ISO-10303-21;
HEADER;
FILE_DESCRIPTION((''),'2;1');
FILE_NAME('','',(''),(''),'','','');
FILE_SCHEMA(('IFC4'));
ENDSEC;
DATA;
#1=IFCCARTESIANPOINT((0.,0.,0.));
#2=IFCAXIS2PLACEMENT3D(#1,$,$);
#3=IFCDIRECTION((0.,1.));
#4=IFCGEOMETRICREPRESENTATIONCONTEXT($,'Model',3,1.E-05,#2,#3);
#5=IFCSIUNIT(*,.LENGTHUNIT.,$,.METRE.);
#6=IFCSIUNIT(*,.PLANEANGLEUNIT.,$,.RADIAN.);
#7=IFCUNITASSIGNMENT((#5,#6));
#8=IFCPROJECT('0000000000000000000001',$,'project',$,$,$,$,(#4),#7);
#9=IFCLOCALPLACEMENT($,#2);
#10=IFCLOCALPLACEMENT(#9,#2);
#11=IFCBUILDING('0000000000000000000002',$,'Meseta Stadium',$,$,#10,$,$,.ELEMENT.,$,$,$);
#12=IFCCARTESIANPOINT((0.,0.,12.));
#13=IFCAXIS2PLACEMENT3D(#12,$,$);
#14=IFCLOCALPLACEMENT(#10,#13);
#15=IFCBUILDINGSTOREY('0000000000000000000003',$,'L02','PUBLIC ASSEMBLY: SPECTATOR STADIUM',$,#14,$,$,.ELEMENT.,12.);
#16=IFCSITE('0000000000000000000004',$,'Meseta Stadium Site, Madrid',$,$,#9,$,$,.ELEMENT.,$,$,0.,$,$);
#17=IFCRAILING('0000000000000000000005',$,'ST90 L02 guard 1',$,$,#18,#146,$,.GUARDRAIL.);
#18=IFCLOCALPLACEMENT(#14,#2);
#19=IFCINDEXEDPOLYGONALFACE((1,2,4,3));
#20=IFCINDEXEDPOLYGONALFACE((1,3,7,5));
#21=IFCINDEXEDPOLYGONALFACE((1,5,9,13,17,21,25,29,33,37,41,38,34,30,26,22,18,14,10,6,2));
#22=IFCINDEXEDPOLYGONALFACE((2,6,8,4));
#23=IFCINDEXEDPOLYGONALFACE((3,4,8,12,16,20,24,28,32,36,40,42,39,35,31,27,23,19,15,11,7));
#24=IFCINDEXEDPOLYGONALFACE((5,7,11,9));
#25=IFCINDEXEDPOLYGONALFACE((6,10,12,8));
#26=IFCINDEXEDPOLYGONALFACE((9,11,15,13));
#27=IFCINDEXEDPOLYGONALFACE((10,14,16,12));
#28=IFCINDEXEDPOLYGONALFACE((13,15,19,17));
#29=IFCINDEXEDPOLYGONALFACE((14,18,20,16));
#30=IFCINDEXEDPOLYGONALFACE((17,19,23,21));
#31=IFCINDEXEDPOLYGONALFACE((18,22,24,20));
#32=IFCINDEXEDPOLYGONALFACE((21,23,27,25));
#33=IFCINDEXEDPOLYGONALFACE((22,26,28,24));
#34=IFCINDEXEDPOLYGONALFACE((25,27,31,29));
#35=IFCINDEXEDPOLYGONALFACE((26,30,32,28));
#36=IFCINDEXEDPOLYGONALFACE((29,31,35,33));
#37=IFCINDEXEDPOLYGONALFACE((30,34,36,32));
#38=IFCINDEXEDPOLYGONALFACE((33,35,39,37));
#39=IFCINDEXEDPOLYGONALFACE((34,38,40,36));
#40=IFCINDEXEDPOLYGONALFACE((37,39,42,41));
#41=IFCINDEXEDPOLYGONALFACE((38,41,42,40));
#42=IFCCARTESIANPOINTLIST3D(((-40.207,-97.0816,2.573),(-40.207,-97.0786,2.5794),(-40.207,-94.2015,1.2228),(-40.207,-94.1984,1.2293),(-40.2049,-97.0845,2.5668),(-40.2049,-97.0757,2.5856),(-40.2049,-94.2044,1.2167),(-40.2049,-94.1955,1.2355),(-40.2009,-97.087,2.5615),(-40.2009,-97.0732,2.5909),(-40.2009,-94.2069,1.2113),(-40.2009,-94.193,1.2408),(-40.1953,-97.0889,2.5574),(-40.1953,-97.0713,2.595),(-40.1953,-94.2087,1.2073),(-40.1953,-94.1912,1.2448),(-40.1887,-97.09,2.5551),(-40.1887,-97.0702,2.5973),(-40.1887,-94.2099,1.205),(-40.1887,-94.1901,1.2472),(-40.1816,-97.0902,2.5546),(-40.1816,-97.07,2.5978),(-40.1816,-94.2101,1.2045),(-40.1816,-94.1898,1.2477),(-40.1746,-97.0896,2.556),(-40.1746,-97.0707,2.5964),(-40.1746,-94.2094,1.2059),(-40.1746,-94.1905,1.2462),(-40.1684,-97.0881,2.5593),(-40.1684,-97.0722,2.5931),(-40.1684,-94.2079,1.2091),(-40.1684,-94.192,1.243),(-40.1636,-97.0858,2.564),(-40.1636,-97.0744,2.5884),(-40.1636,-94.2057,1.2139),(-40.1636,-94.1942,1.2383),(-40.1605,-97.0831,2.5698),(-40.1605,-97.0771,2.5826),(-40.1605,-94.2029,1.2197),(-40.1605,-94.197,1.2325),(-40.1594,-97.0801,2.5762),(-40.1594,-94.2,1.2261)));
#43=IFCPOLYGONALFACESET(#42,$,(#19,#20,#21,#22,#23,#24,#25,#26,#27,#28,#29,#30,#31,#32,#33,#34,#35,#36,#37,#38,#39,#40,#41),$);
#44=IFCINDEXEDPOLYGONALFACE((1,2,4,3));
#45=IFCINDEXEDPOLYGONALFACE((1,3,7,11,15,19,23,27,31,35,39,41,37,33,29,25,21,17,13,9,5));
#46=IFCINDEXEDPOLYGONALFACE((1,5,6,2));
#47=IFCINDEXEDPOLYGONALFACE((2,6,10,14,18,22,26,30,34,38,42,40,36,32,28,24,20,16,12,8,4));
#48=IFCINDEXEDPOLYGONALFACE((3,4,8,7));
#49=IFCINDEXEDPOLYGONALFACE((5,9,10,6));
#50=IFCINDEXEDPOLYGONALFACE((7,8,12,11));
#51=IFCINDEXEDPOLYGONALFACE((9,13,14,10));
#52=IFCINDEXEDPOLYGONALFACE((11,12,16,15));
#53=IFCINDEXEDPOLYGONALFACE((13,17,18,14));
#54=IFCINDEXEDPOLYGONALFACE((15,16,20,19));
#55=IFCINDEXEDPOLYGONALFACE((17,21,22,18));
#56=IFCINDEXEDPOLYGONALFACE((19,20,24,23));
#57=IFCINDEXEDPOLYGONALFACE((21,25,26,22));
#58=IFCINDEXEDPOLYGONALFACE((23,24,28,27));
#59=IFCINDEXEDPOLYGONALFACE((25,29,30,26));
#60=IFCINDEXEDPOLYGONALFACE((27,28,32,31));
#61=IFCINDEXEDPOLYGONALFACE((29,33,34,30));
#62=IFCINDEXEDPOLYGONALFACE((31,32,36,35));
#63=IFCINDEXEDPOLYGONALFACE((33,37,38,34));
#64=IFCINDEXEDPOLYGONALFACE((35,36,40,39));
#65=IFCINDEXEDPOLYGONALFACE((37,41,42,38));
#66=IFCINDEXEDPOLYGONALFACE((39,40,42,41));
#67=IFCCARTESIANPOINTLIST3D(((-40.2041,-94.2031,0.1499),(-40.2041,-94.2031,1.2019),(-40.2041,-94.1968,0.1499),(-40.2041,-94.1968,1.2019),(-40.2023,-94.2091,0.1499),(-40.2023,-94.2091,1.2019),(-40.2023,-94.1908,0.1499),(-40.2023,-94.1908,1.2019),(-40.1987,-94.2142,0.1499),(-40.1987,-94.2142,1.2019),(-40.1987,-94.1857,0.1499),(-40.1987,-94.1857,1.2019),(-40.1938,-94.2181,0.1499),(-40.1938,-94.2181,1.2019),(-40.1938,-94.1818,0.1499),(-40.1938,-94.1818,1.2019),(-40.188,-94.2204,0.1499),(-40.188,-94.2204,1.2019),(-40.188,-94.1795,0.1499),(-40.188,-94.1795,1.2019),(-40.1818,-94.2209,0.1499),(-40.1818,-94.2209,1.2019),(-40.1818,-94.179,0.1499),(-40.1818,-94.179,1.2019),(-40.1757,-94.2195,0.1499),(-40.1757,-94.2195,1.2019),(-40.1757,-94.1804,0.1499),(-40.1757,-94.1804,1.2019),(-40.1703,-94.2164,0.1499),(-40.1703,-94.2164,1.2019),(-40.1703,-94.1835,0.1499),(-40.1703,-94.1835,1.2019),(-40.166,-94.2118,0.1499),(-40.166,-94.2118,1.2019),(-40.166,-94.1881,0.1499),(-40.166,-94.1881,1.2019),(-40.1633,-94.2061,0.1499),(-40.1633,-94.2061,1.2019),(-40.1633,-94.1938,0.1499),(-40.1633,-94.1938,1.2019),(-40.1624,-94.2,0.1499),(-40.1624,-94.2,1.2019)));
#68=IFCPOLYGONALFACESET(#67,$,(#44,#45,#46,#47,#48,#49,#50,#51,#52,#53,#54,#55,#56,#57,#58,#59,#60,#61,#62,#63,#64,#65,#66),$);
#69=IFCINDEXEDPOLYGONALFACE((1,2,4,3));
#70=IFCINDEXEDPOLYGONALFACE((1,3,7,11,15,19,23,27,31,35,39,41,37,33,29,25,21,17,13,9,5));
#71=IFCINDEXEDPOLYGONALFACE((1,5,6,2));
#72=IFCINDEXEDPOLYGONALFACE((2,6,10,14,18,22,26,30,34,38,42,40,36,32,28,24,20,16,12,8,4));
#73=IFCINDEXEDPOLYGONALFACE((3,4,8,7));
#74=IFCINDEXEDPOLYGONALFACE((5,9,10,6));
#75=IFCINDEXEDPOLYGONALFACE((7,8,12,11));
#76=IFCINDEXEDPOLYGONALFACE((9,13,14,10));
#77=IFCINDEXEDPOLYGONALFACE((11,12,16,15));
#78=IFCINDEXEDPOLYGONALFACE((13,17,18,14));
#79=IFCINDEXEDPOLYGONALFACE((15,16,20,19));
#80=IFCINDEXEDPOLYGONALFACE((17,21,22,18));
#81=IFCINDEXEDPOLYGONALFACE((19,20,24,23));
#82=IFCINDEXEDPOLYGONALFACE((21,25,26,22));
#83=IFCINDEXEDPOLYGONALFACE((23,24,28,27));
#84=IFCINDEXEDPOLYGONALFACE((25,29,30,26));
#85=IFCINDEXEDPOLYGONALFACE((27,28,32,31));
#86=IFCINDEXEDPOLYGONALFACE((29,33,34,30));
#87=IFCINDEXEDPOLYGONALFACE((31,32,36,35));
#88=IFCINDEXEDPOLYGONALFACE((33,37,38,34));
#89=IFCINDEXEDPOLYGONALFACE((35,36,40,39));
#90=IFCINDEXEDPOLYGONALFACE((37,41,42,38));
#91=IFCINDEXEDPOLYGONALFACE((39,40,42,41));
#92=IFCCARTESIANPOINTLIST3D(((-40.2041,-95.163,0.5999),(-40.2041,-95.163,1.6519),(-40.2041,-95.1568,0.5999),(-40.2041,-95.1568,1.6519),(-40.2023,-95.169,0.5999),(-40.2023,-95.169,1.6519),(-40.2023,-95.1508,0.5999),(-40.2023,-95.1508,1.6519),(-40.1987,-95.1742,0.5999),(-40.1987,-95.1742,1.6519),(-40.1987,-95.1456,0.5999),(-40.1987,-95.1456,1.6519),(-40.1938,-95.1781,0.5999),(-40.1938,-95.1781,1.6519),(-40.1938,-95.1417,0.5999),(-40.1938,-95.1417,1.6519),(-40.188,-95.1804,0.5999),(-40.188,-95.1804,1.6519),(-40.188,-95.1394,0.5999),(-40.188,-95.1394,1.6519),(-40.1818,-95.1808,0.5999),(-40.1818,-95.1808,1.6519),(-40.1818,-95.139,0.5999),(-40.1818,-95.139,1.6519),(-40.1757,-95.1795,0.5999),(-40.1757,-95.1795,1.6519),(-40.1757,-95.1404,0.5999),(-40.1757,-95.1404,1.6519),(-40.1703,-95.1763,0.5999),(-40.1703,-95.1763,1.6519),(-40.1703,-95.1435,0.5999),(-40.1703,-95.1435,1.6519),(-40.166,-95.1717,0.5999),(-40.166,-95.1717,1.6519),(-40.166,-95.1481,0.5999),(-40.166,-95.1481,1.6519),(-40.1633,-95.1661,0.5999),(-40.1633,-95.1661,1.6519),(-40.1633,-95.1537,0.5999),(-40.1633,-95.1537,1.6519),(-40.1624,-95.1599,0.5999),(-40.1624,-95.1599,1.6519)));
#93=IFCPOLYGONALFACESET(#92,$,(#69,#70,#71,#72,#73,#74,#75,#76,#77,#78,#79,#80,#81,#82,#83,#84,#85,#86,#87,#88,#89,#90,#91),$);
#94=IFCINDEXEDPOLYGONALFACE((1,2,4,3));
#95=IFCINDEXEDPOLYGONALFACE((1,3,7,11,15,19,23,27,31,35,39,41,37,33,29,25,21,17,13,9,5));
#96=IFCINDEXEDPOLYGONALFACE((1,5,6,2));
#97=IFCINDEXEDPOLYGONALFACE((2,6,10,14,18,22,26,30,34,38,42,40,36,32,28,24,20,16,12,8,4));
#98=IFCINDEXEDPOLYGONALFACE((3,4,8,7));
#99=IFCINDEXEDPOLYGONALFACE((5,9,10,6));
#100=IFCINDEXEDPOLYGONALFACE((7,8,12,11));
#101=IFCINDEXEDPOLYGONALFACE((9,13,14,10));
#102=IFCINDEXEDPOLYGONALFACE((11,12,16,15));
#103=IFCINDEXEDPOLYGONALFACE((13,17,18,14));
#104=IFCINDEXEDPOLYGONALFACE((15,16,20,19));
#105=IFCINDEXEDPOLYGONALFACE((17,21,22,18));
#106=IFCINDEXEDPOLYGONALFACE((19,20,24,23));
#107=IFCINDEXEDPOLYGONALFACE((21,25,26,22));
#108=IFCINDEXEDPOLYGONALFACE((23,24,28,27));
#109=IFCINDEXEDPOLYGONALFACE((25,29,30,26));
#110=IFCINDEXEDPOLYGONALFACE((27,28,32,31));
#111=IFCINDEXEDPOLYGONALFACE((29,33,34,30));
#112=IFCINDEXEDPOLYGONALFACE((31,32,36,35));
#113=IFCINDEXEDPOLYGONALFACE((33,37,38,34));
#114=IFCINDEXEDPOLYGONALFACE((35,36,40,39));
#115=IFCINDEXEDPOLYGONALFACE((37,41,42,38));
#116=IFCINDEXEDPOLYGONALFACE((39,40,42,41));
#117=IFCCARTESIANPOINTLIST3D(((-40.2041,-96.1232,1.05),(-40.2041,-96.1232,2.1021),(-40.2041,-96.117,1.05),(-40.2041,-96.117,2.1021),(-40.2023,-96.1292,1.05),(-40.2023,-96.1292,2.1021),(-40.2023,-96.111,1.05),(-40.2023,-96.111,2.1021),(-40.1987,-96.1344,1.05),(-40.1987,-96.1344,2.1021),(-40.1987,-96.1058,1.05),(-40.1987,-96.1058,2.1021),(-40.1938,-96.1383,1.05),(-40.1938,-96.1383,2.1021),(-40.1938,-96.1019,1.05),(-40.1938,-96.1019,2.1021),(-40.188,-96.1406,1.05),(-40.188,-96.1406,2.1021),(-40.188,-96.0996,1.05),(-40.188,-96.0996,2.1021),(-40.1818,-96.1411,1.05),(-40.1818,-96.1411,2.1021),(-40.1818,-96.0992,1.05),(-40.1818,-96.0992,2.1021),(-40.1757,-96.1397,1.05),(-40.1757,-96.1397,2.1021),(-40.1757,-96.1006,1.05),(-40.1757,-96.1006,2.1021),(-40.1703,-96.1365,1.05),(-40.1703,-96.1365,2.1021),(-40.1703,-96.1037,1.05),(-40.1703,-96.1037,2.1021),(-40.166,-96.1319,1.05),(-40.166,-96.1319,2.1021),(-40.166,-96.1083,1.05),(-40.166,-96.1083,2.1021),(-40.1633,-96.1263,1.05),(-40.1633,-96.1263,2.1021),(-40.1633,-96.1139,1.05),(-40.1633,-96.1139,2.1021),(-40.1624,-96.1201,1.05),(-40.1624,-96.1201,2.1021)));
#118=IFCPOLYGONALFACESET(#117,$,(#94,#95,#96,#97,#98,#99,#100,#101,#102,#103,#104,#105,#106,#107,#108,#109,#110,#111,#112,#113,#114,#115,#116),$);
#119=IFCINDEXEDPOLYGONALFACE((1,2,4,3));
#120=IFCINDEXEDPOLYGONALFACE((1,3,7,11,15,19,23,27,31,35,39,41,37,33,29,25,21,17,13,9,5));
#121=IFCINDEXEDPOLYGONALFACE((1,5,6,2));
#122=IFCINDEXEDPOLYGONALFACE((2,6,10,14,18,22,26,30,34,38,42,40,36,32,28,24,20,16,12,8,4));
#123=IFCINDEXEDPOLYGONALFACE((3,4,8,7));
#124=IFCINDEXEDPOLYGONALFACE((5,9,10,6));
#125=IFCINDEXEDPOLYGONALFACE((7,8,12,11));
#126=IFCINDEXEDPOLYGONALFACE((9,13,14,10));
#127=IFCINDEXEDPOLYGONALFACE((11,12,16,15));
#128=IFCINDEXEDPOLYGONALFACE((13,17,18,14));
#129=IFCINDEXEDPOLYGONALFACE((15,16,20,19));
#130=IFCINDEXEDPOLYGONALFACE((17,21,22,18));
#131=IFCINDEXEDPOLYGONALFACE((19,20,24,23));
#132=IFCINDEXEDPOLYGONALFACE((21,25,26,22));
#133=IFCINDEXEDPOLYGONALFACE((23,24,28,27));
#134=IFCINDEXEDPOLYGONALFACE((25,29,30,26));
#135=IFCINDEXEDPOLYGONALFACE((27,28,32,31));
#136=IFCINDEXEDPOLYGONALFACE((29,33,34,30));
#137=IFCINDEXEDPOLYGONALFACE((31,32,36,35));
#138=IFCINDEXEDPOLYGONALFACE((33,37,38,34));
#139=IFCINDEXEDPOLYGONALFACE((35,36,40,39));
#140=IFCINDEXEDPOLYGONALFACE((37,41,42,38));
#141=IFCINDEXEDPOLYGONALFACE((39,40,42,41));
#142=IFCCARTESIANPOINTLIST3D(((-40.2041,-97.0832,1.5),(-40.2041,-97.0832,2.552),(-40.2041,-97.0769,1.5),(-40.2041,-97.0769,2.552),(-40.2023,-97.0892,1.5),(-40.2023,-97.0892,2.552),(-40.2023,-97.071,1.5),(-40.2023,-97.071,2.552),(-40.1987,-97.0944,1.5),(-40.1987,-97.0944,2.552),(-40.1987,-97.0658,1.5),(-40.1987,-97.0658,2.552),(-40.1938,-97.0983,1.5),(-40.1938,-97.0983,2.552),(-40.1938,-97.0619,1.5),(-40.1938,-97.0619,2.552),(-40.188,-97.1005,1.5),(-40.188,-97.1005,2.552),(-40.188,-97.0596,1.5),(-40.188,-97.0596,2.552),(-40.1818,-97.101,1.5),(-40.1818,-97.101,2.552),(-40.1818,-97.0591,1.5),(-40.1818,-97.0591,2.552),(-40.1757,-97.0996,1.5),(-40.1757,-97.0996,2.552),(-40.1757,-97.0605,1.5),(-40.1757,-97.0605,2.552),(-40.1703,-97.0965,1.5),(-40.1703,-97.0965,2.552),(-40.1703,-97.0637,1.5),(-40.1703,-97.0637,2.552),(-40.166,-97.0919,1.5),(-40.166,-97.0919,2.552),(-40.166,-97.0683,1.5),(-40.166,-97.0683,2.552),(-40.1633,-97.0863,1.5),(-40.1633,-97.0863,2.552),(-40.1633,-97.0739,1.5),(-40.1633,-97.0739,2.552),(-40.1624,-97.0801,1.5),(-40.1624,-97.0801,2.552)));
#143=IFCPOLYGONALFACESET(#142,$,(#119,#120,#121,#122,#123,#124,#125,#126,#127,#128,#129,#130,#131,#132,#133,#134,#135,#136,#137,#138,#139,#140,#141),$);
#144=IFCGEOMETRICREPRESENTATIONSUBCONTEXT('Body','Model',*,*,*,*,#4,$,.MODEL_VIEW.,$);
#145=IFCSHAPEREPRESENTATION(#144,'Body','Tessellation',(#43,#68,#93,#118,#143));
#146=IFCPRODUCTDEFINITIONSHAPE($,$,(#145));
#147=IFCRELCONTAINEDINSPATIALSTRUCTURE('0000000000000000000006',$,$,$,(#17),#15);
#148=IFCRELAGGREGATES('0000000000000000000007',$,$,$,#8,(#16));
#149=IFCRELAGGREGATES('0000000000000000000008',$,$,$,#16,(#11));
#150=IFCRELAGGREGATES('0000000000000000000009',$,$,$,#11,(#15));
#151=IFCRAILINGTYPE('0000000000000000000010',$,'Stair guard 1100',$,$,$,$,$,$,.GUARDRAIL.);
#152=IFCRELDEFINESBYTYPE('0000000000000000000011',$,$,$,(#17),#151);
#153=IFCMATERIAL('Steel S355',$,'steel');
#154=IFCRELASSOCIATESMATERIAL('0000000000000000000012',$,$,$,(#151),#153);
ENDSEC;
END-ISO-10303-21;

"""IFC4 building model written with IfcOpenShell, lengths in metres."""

from ifc_helpers import new_model, si_unit, direction, frame, origin, origin_2d, place, context, subcontext, project, spatial, circle, extrude, material, type_object, element, save


model = new_model("IFC4")

# Units and contexts
model_context = context("Model", 3, precision=1e-05, world=origin(), true_north=direction((0.0, 1.0)))
body_context = subcontext(model_context, "Body", "Model", "MODEL_VIEW")
ifc_project = project(units=[si_unit("LENGTHUNIT", "METRE"), si_unit("PLANEANGLEUNIT", "RADIAN")], contexts=[model_context])

# Site, building, storey
site_placement = place(None, origin())
site = spatial("IfcSite", under=ifc_project, at=site_placement, Name="Meseta Stadium Site, Madrid", CompositionType="ELEMENT", RefElevation=0.0)
building_placement = place(site_placement, origin())
building = spatial("IfcBuilding", under=site, at=building_placement, Name="Meseta Stadium", CompositionType="ELEMENT")
storey_placement = place(building_placement, frame((0.0, 0.0, 12.0)))
storey = spatial("IfcBuildingStorey", under=building, at=storey_placement, Name="L02", Description="PUBLIC ASSEMBLY: SPECTATOR STADIUM", CompositionType="ELEMENT", Elevation=12.0)

# Railing
ifc_material_1 = material(Name="Steel S355", Category="steel")
railing_type_1 = type_object("IfcRailingType", Name="Stair guard 1100", PredefinedType="GUARDRAIL", material=ifc_material_1)
for number, where, name in (
    (1, (-40.1833, -94.2, 0.1499), "ST90 L02 guard 1"),
):
    element("IfcRailing", number, at=place(storey_placement, frame(where)), inside=storey, type_object=railing_type_1, Name=name, PredefinedType="GUARDRAIL", context=body_context, shape_type="SweptSolid", body=[
        extrude(circle(Radius=0.0239, at=origin_2d()), frame((0.0, 0.0, 1.0762), z_axis=(0.0, -0.905454, 0.424444), x_axis=(1.0, 0.0, 0.0)), (0.0, 0.0, 1.0), 3.1809),
        extrude(circle(Radius=0.021, at=origin_2d()), origin(), (0.0, 0.0, 1.0), 1.052),
        extrude(circle(Radius=0.021, at=origin_2d()), frame((0.0, -0.96, 0.45)), (0.0, 0.0, 1.0), 1.052),
        extrude(circle(Radius=0.021, at=origin_2d()), frame((0.0, -1.9202, 0.9001)), (0.0, 0.0, 1.0), 1.052),
        extrude(circle(Radius=0.021, at=origin_2d()), frame((0.0, -2.8801, 1.3501)), (0.0, 0.0, 1.0), 1.052),
    ])

save(model, "model.ifc")
